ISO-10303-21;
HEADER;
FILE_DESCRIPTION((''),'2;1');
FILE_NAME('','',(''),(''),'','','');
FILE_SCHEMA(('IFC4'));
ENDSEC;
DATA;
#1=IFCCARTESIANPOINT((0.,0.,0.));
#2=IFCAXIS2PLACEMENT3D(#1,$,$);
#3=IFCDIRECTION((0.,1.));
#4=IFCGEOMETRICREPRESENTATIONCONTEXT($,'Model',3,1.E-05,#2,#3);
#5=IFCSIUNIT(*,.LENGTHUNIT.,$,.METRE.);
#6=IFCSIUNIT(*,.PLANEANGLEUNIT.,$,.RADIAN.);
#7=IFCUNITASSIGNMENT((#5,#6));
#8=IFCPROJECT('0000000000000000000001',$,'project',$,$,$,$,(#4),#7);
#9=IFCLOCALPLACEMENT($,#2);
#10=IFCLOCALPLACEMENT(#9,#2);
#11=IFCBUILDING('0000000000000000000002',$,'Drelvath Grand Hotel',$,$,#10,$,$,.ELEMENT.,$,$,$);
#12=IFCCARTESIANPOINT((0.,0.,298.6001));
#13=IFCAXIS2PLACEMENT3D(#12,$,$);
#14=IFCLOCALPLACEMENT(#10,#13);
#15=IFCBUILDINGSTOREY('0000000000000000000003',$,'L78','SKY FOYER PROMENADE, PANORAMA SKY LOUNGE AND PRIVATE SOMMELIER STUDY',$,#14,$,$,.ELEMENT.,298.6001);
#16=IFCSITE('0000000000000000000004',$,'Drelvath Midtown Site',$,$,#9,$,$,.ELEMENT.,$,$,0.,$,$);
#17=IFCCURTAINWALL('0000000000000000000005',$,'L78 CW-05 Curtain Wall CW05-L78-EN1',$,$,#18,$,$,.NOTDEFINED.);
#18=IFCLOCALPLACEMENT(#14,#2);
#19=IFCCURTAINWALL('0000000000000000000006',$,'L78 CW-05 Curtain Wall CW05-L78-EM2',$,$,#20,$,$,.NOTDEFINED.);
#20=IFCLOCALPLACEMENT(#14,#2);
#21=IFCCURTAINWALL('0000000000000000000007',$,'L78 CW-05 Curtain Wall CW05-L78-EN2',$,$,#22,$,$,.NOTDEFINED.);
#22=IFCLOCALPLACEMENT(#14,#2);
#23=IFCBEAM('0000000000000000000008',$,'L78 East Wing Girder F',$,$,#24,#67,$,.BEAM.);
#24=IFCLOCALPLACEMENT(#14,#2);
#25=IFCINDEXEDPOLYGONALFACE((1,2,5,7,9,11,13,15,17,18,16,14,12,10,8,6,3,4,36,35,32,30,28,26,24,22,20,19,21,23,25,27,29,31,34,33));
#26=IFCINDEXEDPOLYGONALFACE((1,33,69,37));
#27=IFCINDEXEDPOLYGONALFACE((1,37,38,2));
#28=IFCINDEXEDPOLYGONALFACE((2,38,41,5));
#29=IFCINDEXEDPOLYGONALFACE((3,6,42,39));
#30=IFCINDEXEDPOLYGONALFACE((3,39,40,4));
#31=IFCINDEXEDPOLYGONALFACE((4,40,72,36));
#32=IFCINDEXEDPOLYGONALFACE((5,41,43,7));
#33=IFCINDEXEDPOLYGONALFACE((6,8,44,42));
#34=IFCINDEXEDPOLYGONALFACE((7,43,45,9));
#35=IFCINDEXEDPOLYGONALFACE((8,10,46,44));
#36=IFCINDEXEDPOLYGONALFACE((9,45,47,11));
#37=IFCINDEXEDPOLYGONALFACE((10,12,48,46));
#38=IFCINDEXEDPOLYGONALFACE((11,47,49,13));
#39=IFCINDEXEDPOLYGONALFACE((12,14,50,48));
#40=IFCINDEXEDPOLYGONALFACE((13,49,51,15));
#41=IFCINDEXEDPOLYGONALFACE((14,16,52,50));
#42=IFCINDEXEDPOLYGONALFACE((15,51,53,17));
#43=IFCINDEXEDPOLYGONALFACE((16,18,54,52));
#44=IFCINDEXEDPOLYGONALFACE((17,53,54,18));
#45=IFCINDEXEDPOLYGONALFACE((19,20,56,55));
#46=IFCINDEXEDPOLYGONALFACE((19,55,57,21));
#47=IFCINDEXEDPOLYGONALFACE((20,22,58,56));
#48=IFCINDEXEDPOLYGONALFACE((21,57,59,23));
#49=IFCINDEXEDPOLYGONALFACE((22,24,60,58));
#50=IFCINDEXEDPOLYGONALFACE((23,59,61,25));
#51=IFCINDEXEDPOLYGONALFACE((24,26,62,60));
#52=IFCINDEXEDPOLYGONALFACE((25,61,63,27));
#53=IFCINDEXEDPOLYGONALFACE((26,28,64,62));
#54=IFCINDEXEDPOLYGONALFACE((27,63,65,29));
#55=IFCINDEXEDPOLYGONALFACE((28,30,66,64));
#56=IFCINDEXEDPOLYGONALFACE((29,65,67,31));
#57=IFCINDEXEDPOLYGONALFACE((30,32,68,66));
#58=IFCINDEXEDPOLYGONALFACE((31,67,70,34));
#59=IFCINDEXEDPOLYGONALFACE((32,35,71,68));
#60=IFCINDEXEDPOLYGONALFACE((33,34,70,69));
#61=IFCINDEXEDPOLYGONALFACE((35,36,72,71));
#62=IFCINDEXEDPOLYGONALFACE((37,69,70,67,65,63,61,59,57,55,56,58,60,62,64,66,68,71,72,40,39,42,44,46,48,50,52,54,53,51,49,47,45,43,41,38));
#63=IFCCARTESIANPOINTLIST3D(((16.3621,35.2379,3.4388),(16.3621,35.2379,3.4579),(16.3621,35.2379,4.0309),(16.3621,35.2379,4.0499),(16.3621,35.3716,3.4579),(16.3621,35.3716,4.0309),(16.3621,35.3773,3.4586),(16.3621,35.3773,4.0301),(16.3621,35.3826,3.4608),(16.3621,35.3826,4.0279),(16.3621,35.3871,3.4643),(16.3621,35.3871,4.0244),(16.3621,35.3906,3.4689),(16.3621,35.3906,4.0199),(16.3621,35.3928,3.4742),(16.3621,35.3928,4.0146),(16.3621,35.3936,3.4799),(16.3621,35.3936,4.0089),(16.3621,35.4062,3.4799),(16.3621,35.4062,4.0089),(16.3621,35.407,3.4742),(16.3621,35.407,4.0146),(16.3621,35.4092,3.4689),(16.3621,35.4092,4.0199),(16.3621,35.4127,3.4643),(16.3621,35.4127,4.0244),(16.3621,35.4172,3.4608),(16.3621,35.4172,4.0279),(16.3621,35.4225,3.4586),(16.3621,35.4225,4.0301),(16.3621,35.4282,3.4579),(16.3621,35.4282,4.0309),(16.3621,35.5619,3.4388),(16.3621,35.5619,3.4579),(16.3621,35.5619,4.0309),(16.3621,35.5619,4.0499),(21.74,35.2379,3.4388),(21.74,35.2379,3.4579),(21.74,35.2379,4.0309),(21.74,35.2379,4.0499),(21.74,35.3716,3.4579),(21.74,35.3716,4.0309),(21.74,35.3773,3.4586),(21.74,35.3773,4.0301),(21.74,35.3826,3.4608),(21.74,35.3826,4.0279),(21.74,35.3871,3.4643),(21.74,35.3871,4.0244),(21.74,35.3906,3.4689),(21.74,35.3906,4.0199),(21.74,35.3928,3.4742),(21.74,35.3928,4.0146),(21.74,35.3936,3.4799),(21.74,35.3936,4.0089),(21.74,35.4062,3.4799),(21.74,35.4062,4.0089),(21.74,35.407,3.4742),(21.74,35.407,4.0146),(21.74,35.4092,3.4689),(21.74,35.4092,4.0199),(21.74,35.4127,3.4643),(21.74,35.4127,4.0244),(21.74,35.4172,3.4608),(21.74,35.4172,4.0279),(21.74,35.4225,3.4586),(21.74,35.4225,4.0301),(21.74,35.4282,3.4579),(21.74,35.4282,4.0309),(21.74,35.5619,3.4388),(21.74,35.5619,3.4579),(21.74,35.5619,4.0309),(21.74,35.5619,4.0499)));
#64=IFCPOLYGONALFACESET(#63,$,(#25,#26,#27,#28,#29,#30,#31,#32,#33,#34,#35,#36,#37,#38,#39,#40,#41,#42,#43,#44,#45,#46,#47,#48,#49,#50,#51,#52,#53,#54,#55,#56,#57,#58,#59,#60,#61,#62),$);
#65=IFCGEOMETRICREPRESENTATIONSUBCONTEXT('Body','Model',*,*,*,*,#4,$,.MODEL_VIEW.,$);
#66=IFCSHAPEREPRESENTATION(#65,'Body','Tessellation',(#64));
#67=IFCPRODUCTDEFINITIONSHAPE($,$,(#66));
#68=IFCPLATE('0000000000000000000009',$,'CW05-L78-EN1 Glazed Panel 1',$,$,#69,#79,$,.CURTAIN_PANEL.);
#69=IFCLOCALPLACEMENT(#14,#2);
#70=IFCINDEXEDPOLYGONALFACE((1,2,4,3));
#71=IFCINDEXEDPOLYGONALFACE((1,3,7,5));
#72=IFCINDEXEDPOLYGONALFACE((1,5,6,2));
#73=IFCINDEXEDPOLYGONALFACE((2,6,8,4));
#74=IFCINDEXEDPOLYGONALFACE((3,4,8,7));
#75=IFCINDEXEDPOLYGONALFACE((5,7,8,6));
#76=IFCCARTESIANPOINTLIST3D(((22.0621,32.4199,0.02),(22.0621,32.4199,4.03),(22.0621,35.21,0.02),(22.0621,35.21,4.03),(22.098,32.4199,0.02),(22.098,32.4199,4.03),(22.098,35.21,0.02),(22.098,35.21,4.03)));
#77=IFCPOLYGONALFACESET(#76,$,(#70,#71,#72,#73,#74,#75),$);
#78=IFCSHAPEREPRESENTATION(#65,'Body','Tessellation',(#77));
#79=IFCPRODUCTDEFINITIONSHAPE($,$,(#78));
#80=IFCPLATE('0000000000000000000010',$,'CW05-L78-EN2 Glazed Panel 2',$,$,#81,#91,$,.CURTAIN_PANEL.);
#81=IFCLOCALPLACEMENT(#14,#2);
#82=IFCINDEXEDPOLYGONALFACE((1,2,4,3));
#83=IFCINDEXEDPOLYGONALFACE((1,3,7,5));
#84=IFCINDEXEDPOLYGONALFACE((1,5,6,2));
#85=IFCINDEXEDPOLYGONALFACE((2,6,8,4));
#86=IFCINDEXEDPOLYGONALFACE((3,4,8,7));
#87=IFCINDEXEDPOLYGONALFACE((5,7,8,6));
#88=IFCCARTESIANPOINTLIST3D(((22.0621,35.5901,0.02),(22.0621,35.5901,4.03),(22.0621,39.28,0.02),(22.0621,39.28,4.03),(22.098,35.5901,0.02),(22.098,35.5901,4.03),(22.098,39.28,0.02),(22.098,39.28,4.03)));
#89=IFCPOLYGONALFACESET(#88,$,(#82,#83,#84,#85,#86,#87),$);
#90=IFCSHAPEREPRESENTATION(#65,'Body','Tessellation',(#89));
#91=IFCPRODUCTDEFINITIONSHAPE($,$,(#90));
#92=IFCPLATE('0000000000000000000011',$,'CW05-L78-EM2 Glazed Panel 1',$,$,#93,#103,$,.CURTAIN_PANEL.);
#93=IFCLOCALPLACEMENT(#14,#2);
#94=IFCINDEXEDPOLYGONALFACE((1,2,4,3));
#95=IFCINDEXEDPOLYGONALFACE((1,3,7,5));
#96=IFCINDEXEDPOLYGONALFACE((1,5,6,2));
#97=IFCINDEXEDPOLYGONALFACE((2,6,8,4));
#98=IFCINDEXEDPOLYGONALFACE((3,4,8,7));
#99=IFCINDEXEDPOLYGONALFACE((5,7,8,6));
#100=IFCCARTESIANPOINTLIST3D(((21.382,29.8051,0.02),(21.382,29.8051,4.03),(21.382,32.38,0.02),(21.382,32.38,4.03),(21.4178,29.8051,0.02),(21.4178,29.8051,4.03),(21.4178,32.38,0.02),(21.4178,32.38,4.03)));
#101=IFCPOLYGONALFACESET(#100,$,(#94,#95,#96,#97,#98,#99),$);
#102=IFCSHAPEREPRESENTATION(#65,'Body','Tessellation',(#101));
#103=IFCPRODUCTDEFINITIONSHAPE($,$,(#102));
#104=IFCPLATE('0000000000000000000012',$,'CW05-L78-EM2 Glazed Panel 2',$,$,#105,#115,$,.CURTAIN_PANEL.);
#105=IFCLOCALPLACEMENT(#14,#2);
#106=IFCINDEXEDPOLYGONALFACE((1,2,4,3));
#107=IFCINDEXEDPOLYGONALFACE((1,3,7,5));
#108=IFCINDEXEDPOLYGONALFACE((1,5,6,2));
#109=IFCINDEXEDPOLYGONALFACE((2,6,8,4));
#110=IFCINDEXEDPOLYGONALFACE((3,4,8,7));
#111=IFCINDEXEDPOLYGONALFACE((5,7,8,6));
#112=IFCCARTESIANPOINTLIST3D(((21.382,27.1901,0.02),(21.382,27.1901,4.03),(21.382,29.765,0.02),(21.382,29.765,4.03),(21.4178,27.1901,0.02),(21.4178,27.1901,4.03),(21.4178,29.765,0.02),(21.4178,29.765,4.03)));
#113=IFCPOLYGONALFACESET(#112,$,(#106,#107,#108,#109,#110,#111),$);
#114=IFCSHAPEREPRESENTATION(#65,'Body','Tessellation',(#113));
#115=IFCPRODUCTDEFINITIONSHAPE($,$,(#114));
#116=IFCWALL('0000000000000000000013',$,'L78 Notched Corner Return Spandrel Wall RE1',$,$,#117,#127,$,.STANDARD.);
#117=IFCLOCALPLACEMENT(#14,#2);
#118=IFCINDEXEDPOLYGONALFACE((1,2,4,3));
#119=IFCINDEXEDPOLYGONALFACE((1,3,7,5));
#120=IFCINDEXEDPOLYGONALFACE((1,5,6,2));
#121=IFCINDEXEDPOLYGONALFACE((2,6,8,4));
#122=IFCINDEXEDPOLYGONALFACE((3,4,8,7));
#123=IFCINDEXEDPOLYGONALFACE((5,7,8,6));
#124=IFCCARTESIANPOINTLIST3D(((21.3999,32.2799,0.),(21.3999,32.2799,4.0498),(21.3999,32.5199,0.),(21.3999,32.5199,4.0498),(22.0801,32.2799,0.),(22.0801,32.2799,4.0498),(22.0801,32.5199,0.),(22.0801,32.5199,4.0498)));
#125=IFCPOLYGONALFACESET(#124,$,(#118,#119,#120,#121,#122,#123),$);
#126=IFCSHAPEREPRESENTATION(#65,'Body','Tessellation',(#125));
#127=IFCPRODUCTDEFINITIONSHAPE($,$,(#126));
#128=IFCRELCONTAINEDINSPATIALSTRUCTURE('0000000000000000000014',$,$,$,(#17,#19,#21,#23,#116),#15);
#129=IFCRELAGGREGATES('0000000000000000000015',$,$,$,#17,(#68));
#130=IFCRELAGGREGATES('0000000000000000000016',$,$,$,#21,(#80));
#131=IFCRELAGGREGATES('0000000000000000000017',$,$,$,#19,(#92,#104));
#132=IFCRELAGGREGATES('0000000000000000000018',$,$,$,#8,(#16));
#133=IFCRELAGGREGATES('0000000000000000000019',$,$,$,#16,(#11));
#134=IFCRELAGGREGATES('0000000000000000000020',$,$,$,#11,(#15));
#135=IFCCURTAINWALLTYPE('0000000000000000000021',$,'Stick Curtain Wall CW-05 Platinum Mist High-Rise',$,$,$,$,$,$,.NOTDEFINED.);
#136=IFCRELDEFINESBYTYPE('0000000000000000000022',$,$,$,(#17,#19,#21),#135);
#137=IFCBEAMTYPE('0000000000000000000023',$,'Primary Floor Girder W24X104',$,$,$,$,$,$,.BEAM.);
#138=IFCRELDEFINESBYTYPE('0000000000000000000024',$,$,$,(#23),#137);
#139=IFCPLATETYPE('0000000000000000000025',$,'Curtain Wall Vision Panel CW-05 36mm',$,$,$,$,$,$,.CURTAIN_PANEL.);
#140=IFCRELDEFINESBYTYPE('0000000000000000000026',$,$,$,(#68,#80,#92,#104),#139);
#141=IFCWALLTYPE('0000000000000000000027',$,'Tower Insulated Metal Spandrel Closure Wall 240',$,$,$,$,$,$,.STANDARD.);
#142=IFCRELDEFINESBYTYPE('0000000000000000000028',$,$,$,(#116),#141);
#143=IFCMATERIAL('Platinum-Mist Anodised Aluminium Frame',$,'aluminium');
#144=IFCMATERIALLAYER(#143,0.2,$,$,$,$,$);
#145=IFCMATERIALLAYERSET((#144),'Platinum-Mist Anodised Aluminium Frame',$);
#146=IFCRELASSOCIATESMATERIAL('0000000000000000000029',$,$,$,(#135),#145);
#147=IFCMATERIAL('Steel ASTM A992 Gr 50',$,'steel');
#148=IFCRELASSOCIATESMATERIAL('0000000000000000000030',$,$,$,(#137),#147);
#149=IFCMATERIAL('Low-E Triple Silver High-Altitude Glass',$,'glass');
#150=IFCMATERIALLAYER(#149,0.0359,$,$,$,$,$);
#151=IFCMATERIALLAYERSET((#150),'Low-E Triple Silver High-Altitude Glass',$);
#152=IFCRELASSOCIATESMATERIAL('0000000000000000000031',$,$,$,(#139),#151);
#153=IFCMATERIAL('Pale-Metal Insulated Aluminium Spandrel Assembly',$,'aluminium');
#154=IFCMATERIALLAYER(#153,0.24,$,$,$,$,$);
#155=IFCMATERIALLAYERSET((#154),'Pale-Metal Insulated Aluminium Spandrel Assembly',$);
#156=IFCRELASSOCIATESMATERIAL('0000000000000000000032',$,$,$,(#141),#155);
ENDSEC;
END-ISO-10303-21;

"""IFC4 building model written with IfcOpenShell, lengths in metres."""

from ifc_helpers import new_model, si_unit, direction, frame, frame_2d, origin, origin_2d, place, context, subcontext, project, spatial, rectangle, i_section, extrude, material, layer, layer_set, material_profile, profile_set, type_object, element, aggregate, save


model = new_model("IFC4")

# Units and contexts
model_context = context("Model", 3, precision=1e-05, world=origin(), true_north=direction((0.0, 1.0)))
body_context = subcontext(model_context, "Body", "Model", "MODEL_VIEW")
ifc_project = project(units=[si_unit("LENGTHUNIT", "METRE"), si_unit("PLANEANGLEUNIT", "RADIAN")], contexts=[model_context])

# Site, building, storey
site_placement = place(None, origin())
site = spatial("IfcSite", under=ifc_project, at=site_placement, Name="Drelvath Midtown Site", CompositionType="ELEMENT", RefElevation=0.0)
building_placement = place(site_placement, origin())
building = spatial("IfcBuilding", under=site, at=building_placement, Name="Drelvath Grand Hotel", CompositionType="ELEMENT")
storey_placement = place(building_placement, frame((0.0, 0.0, 298.6001)))
storey = spatial("IfcBuildingStorey", under=building, at=storey_placement, Name="L78", Description="SKY FOYER PROMENADE, PANORAMA SKY LOUNGE AND PRIVATE SOMMELIER STUDY", CompositionType="ELEMENT", Elevation=298.6001)

# Curtain walls
ifc_material_1 = material(Name="Platinum-Mist Anodised Aluminium Frame", Category="aluminium")
ifc_layer_1 = layer(ifc_material_1, 0.2)
ifc_layer_set_1 = layer_set([ifc_layer_1], Name="Platinum-Mist Anodised Aluminium Frame")
curtain_wall_type = type_object("IfcCurtainWallType", Name="Stick Curtain Wall CW-05 Platinum Mist High-Rise", PredefinedType="NOTDEFINED", material=ifc_layer_set_1)
curtain_wall_1_placement = place(storey_placement, origin())
curtain_wall_1 = element("IfcCurtainWall", 1, at=curtain_wall_1_placement, inside=storey, type_object=curtain_wall_type, Name="L78 CW-05 Curtain Wall CW05-L78-EN1", PredefinedType="NOTDEFINED")
curtain_wall_2_placement = place(storey_placement, origin())
curtain_wall_2 = element("IfcCurtainWall", 2, at=curtain_wall_2_placement, inside=storey, type_object=curtain_wall_type, Name="L78 CW-05 Curtain Wall CW05-L78-EM2", PredefinedType="NOTDEFINED")

# Curtain wall
curtain_wall_3_placement = place(storey_placement, origin())
curtain_wall_3 = element("IfcCurtainWall", 3, at=curtain_wall_3_placement, inside=storey, type_object=curtain_wall_type, Name="L78 CW-05 Curtain Wall CW05-L78-EN2", PredefinedType="NOTDEFINED")

# Beam
ifc_material_2 = material(Name="Steel ASTM A992 Gr 50", Category="steel")
ifc_material_profile_1 = material_profile(ifc_material_2, i_section(OverallWidth=0.324, OverallDepth=0.6111, WebThickness=0.0127, FlangeThickness=0.019, FilletRadius=0.022, at=origin_2d()), Name="W24X104")
ifc_profile_set_1 = profile_set([ifc_material_profile_1], Name="Steel ASTM A992 Gr 50")
beam_type_1 = type_object("IfcBeamType", Name="Primary Floor Girder W24X104", PredefinedType="BEAM", material=ifc_profile_set_1)
beam_1_placement = place(storey_placement, frame((16.3621, 35.3999, 3.7444), z_axis=(1.0, 0.0, 0.0), x_axis=(0.0, 1.0, 0.0)))
element("IfcBeam", 4, at=beam_1_placement, inside=storey, type_object=beam_type_1, Name="L78 East Wing Girder F", PredefinedType="BEAM", context=body_context, shape_type="SweptSolid", body=[
    extrude(i_section(OverallWidth=0.324, OverallDepth=0.6111, WebThickness=0.0127, FlangeThickness=0.019, FilletRadius=0.022, at=origin_2d()), origin(), (0.0, 0.0, 1.0), 5.3779),
])

# Plates
ifc_material_3 = material(Name="Low-E Triple Silver High-Altitude Glass", Category="glass")
ifc_layer_2 = layer(ifc_material_3, 0.0359)
ifc_layer_set_2 = layer_set([ifc_layer_2], Name="Low-E Triple Silver High-Altitude Glass")
plate_type = type_object("IfcPlateType", Name="Curtain Wall Vision Panel CW-05 36mm", PredefinedType="CURTAIN_PANEL", material=ifc_layer_set_2)
plate_1_placement = place(storey_placement, frame((22.0801, 33.8149, 0.02), z_axis=(0.0, 0.0, 1.0), x_axis=(0.0, -1.0, 0.0)))
plate_1 = element("IfcPlate", 5, at=plate_1_placement, type_object=plate_type, Name="CW05-L78-EN1 Glazed Panel 1", PredefinedType="CURTAIN_PANEL", context=body_context, shape_type="SweptSolid", body=[
    extrude(rectangle(XDim=2.79, YDim=0.0359, at=origin_2d()), origin(), (0.0, 0.0, 1.0), 4.01),
])
aggregate(curtain_wall_1, [plate_1])
plate_2_placement = place(storey_placement, frame((22.0801, 37.4351, 0.02), z_axis=(0.0, 0.0, 1.0), x_axis=(0.0, -1.0, 0.0)))
plate_2 = element("IfcPlate", 6, at=plate_2_placement, type_object=plate_type, Name="CW05-L78-EN2 Glazed Panel 2", PredefinedType="CURTAIN_PANEL", context=body_context, shape_type="SweptSolid", body=[
    extrude(rectangle(XDim=3.6899, YDim=0.0359, at=origin_2d()), origin(), (0.0, 0.0, 1.0), 4.01),
])
aggregate(curtain_wall_3, [plate_2])
plate_3_placement = place(storey_placement, frame((21.3999, 31.0925, 0.02), z_axis=(0.0, 0.0, 1.0), x_axis=(0.0, -1.0, 0.0)))
plate_3 = element("IfcPlate", 7, at=plate_3_placement, type_object=plate_type, Name="CW05-L78-EM2 Glazed Panel 1", PredefinedType="CURTAIN_PANEL", context=body_context, shape_type="SweptSolid", body=[
    extrude(rectangle(XDim=2.575, YDim=0.0359, at=origin_2d()), origin(), (0.0, 0.0, 1.0), 4.01),
])
plate_4_placement = place(storey_placement, frame((21.3999, 28.4775, 0.02), z_axis=(0.0, 0.0, 1.0), x_axis=(0.0, -1.0, 0.0)))
plate_4 = element("IfcPlate", 8, at=plate_4_placement, type_object=plate_type, Name="CW05-L78-EM2 Glazed Panel 2", PredefinedType="CURTAIN_PANEL", context=body_context, shape_type="SweptSolid", body=[
    extrude(rectangle(XDim=2.575, YDim=0.0359, at=origin_2d()), origin(), (0.0, 0.0, 1.0), 4.01),
])
aggregate(curtain_wall_2, [plate_3, plate_4])

# Wall
ifc_material_4 = material(Name="Pale-Metal Insulated Aluminium Spandrel Assembly", Category="aluminium")
ifc_layer_3 = layer(ifc_material_4, 0.24)
ifc_layer_set_3 = layer_set([ifc_layer_3], Name="Pale-Metal Insulated Aluminium Spandrel Assembly")
wall_type = type_object("IfcWallType", Name="Tower Insulated Metal Spandrel Closure Wall 240", PredefinedType="STANDARD", material=ifc_layer_set_3)
wall_placement = place(storey_placement, frame((22.0801, 32.3999, 0.0), z_axis=(0.0, 0.0, 1.0), x_axis=(-1.0, 0.0, 0.0)))
element("IfcWall", 9, at=wall_placement, inside=storey, type_object=wall_type, Name="L78 Notched Corner Return Spandrel Wall RE1", PredefinedType="STANDARD", context=body_context, shape_type="SweptSolid", body=[
    extrude(rectangle(XDim=0.6802, YDim=0.24, at=frame_2d((0.3401, 0.0))), origin(), (0.0, 0.0, 1.0), 4.0498),
])

save(model, "model.ifc")
